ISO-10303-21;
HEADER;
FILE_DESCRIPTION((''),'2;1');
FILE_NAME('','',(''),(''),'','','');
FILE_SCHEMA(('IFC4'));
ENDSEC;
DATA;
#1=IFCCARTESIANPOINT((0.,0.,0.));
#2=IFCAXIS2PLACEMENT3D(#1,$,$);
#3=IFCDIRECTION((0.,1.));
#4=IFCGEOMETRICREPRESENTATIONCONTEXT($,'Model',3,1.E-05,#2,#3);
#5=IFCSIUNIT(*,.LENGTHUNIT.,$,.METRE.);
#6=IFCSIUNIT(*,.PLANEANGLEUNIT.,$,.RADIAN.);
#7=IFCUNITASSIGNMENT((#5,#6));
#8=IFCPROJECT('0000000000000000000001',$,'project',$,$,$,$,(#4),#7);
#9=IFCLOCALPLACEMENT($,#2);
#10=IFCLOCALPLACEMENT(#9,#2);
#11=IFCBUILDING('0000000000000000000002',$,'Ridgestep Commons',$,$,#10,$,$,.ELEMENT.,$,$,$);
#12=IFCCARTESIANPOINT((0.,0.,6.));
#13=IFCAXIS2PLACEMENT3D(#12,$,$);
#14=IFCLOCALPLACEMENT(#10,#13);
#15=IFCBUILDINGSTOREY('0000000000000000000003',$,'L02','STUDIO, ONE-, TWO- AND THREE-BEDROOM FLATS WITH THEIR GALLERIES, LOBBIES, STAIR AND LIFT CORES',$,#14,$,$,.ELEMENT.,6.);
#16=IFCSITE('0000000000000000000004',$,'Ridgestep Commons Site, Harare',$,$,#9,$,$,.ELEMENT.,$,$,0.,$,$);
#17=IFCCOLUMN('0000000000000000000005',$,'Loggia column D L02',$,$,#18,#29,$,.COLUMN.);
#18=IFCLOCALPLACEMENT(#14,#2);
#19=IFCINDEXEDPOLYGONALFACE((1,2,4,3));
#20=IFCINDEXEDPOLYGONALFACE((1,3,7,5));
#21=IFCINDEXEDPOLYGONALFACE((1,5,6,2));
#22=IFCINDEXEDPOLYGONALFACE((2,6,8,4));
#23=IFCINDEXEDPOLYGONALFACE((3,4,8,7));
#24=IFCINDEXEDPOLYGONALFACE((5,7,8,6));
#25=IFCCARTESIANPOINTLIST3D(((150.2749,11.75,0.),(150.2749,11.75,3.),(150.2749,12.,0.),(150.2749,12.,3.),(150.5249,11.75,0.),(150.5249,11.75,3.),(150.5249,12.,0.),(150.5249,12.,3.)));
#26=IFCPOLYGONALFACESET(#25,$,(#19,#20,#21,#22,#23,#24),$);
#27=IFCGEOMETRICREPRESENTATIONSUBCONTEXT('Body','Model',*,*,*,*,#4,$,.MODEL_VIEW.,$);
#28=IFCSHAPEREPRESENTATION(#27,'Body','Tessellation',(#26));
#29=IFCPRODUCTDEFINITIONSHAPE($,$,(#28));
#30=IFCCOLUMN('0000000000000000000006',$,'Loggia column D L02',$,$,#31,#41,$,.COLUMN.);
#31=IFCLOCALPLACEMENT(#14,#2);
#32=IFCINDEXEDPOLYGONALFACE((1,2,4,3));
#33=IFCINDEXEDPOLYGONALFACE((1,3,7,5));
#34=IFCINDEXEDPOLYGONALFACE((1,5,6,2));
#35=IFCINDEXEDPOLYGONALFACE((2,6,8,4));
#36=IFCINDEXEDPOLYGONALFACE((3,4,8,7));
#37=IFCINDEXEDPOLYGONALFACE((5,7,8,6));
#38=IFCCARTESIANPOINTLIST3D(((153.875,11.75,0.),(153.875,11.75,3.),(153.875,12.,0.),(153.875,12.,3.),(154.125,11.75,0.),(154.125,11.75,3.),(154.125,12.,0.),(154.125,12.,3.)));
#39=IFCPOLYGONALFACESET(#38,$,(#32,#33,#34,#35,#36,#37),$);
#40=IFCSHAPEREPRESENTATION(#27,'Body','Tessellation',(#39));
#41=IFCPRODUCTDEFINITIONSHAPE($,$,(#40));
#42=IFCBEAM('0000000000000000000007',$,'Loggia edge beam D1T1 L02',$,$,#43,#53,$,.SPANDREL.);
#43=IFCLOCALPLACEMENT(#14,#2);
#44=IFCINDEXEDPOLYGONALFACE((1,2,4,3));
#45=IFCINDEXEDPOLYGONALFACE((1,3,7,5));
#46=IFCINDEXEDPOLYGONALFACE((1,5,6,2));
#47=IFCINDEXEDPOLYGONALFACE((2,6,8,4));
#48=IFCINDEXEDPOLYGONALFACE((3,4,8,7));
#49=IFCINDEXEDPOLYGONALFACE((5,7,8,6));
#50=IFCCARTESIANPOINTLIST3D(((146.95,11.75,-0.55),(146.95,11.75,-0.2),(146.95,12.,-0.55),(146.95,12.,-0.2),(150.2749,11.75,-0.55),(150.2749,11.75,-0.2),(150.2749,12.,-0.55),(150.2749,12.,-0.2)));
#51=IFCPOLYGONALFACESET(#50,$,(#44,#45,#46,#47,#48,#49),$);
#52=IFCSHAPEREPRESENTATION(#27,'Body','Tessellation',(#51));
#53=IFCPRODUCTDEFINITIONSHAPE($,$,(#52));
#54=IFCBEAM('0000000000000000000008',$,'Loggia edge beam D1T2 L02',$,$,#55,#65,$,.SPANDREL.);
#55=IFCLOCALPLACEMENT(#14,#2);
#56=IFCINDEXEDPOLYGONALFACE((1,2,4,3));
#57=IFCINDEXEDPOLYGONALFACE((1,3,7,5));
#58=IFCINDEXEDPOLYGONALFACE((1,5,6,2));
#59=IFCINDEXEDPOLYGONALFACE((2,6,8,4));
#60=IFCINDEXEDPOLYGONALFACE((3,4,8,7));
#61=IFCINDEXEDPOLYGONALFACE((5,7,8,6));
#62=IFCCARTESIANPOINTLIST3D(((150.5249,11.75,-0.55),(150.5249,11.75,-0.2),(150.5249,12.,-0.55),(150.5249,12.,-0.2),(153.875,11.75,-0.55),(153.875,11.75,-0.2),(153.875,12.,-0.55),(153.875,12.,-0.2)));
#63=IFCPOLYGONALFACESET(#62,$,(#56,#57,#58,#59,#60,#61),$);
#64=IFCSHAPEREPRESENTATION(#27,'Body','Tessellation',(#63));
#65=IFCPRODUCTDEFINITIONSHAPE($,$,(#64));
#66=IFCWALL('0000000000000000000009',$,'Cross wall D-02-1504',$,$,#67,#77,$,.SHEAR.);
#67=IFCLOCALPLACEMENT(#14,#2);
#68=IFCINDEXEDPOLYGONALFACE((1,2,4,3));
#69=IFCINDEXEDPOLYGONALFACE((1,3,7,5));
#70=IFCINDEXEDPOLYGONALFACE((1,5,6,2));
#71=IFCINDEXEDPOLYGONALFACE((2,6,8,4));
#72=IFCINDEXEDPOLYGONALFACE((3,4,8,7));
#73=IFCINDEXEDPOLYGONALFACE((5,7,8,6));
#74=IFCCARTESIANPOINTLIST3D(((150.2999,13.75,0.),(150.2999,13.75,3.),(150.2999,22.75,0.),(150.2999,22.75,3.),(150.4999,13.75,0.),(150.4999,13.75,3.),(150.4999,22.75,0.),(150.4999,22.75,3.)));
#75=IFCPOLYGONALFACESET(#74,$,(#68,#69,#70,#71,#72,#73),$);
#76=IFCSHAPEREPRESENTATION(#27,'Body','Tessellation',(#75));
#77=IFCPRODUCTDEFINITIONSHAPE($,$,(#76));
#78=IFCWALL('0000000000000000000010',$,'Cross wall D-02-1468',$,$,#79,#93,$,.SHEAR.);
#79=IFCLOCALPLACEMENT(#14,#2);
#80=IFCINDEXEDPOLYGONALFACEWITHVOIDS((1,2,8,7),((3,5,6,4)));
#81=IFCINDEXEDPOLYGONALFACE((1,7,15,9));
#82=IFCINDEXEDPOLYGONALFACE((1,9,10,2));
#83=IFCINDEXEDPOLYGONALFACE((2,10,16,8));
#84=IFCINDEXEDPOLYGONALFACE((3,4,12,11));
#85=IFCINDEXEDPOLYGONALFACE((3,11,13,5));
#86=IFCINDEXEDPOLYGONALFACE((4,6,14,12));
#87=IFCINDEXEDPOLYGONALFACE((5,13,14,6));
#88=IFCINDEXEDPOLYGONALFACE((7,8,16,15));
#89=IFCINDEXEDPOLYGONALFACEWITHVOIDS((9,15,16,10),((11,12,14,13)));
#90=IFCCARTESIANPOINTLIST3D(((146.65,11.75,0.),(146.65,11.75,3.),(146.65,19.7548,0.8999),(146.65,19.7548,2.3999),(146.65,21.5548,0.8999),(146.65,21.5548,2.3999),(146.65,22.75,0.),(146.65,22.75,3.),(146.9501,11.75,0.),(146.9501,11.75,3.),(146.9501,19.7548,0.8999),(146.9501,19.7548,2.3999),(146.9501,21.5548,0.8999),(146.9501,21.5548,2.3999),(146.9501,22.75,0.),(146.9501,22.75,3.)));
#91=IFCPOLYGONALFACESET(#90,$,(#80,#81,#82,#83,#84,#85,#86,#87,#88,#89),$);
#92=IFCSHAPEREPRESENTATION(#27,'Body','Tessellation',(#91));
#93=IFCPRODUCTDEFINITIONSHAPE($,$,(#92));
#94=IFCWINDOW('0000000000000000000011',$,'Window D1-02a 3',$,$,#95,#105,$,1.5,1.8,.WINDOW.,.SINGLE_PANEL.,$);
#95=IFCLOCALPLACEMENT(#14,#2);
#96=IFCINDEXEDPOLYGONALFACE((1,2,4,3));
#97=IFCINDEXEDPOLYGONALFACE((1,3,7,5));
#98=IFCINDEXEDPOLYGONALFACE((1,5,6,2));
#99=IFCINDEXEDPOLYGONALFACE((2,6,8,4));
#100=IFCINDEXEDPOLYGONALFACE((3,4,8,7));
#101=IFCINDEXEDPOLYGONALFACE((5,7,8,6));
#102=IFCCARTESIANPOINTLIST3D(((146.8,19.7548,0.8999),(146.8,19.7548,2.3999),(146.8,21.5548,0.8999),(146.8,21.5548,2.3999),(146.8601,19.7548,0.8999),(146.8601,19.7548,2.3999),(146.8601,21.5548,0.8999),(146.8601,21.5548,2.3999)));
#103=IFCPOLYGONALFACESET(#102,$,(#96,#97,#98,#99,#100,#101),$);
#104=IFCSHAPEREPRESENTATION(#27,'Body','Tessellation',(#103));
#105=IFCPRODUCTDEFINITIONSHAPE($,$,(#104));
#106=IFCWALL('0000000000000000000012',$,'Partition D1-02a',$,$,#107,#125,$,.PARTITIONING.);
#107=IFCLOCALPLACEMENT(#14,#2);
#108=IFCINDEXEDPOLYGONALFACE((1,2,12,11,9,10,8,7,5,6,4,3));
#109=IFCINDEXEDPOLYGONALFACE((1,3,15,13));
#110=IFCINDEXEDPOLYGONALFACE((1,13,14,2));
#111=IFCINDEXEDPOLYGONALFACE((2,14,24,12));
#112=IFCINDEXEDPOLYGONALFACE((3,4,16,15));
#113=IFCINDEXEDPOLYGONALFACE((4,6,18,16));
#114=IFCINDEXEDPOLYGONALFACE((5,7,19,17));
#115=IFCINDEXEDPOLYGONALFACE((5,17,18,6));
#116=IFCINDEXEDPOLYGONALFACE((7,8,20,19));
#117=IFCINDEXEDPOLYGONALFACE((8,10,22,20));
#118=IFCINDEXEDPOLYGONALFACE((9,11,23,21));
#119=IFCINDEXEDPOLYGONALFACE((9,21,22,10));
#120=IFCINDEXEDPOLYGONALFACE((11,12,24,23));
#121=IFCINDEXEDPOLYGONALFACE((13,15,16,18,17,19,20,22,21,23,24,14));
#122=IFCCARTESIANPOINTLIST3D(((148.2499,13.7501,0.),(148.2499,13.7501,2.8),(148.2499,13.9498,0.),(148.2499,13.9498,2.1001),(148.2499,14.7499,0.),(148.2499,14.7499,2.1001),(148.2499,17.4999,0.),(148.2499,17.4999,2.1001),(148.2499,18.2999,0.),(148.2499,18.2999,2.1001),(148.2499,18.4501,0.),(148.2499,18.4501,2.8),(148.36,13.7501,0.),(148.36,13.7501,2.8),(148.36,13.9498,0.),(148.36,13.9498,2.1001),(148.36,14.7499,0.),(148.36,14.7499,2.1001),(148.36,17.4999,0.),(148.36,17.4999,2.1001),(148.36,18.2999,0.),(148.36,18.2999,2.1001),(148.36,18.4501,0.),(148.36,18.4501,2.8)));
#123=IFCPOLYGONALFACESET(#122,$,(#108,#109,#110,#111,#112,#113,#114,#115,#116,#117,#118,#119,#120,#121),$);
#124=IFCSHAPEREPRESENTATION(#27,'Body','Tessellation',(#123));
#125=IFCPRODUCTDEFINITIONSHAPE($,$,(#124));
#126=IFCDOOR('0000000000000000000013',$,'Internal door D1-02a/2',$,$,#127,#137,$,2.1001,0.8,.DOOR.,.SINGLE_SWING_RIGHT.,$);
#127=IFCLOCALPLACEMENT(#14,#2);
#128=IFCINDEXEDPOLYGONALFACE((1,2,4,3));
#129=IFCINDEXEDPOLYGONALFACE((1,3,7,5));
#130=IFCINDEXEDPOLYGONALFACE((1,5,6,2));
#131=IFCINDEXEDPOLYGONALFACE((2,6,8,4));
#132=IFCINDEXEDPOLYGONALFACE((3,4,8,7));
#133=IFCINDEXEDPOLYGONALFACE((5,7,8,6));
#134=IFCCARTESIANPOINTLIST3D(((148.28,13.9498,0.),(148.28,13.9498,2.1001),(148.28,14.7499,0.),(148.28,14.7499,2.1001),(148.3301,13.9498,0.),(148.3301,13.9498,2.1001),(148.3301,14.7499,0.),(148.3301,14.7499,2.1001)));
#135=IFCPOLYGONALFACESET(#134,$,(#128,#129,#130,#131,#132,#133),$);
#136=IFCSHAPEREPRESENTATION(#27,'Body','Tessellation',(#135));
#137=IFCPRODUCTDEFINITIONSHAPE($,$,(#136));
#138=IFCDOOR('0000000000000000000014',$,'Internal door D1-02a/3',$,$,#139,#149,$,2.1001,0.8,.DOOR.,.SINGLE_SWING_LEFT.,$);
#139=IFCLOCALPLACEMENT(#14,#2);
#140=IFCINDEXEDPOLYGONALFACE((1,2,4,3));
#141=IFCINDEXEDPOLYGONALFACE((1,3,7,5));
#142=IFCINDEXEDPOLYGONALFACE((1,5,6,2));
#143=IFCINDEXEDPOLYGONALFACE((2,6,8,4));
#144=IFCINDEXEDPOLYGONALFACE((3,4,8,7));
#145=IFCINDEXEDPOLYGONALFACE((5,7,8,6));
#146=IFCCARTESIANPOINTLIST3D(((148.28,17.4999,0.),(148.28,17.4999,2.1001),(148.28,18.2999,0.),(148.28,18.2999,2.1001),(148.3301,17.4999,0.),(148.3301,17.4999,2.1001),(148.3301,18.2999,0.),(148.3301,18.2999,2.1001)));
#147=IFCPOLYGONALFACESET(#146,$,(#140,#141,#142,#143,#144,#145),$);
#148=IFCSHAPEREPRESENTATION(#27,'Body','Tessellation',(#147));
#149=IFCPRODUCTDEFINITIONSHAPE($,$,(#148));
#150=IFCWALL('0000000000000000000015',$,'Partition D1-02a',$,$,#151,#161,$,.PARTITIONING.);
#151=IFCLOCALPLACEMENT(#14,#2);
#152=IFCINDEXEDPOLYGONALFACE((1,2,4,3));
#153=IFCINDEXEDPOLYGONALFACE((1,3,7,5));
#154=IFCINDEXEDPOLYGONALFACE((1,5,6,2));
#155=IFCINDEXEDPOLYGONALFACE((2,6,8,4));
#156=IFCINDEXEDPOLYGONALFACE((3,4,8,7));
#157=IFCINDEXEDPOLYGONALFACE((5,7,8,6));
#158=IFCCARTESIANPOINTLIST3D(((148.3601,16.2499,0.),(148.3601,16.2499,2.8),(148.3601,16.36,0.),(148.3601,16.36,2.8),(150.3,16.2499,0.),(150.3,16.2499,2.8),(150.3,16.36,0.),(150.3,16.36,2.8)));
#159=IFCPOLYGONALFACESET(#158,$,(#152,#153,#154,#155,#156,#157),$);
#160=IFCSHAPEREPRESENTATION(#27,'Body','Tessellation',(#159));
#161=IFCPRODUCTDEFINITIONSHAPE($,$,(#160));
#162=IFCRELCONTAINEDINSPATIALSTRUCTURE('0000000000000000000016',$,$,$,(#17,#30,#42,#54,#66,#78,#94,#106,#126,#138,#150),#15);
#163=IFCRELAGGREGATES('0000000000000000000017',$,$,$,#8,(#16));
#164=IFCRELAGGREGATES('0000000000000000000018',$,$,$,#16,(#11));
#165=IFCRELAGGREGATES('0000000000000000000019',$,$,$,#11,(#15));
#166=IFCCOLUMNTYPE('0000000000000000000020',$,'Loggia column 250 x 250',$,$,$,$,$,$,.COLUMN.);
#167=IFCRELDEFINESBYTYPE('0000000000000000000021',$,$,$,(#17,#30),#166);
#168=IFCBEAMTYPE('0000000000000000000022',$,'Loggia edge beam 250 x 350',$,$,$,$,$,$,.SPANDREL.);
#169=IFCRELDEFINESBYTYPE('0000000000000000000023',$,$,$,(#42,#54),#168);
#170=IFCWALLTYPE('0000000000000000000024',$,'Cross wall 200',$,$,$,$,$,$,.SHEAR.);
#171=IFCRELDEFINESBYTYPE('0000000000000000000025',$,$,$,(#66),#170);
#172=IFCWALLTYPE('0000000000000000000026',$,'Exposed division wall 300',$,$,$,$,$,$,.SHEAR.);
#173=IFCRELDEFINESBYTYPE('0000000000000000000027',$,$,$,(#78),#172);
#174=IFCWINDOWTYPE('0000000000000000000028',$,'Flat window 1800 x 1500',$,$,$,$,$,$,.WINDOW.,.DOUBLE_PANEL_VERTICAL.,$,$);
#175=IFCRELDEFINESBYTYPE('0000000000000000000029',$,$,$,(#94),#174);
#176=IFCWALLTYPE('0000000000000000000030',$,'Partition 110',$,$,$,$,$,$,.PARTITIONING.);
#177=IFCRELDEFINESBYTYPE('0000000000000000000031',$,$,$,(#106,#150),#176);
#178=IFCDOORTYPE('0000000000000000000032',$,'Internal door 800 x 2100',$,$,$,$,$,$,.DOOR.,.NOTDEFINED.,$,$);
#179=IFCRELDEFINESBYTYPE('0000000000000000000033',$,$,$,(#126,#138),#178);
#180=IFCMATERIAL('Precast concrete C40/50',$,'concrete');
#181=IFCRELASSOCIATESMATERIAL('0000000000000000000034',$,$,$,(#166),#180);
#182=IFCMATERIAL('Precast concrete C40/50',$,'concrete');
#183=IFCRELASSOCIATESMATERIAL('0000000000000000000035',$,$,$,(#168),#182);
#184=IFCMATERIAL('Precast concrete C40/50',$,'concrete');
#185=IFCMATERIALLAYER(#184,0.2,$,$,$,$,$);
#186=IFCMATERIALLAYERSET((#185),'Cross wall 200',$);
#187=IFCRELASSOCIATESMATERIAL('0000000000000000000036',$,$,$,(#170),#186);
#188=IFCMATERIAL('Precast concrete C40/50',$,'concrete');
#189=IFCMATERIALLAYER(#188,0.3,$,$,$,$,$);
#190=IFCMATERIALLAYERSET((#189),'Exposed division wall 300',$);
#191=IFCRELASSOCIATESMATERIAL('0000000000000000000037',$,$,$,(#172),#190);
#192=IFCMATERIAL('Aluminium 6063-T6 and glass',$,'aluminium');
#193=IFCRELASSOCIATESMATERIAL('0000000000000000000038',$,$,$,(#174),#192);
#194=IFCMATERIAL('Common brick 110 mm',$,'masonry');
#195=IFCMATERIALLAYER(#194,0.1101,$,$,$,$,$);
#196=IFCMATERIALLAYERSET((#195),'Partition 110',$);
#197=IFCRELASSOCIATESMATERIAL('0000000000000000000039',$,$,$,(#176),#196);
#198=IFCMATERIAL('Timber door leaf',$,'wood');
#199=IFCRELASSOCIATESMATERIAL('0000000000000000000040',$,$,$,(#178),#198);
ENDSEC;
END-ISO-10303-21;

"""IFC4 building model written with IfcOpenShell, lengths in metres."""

from ifc_helpers import new_model, si_unit, direction, frame, frame_2d, origin, origin_2d, place, context, subcontext, project, spatial, rectangle, extrude, material, layer, layer_set, material_profile, profile_set, type_object, element, fill, save


model = new_model("IFC4")

# Units and contexts
model_context = context("Model", 3, precision=1e-05, world=origin(), true_north=direction((0.0, 1.0)))
body_context = subcontext(model_context, "Body", "Model", "MODEL_VIEW")
ifc_project = project(units=[si_unit("LENGTHUNIT", "METRE"), si_unit("PLANEANGLEUNIT", "RADIAN")], contexts=[model_context])

# Site, building, storey
site_placement = place(None, origin())
site = spatial("IfcSite", under=ifc_project, at=site_placement, Name="Ridgestep Commons Site, Harare", CompositionType="ELEMENT", RefElevation=0.0)
building_placement = place(site_placement, origin())
building = spatial("IfcBuilding", under=site, at=building_placement, Name="Ridgestep Commons", CompositionType="ELEMENT")
storey_placement = place(building_placement, frame((0.0, 0.0, 6.0)))
storey = spatial("IfcBuildingStorey", under=building, at=storey_placement, Name="L02", Description="STUDIO, ONE-, TWO- AND THREE-BEDROOM FLATS WITH THEIR GALLERIES, LOBBIES, STAIR AND LIFT CORES", CompositionType="ELEMENT", Elevation=6.0)

# Columns
ifc_material_1 = material(Name="Precast concrete C40/50", Category="concrete")
ifc_material_profile_1 = material_profile(ifc_material_1, rectangle(XDim=0.25, YDim=0.25, at=origin_2d()), Name="PC 250x250")
ifc_profile_set_1 = profile_set([ifc_material_profile_1], Name="Precast concrete C40/50")
column_type = type_object("IfcColumnType", Name="Loggia column 250 x 250", PredefinedType="COLUMN", material=ifc_profile_set_1)
for number, where, z_axis, x_axis, name in (
    (1, (150.3999, 11.875, 0.0), (0.0, 0.0, 1.0), (1.0, 0.0, 0.0), "Loggia column D L02"),
    (2, (154.0, 11.875, 0.0), (0.0, 0.0, 1.0), (1.0, 0.0, 0.0), "Loggia column D L02"),
):
    element("IfcColumn", number, at=place(storey_placement, frame(where, z_axis=z_axis, x_axis=x_axis)), inside=storey, type_object=column_type, Name=name, PredefinedType="COLUMN", context=body_context, shape_type="SweptSolid", body=[
        extrude(rectangle(XDim=0.25, YDim=0.25, at=origin_2d()), origin(), (0.0, 0.0, 1.0), 3.0),
    ])

# Beams
ifc_material_2 = material(Name="Precast concrete C40/50", Category="concrete")
ifc_material_profile_2 = material_profile(ifc_material_2, rectangle(XDim=0.25, YDim=0.3501, at=origin_2d()), Name="PC 250x350")
ifc_profile_set_2 = profile_set([ifc_material_profile_2], Name="Precast concrete C40/50")
beam_type = type_object("IfcBeamType", Name="Loggia edge beam 250 x 350", PredefinedType="SPANDREL", material=ifc_profile_set_2)
beam_1_placement = place(storey_placement, frame((146.95, 11.875, -0.375), z_axis=(1.0, 0.0, 0.0), x_axis=(0.0, 1.0, 0.0)))
element("IfcBeam", 3, at=beam_1_placement, inside=storey, type_object=beam_type, Name="Loggia edge beam D1T1 L02", PredefinedType="SPANDREL", context=body_context, shape_type="SweptSolid", body=[
    extrude(rectangle(XDim=0.25, YDim=0.3501, at=origin_2d()), origin(), (0.0, 0.0, 1.0), 3.325),
])
beam_2_placement = place(storey_placement, frame((150.5249, 11.875, -0.375), z_axis=(1.0, 0.0, 0.0), x_axis=(0.0, 1.0, 0.0)))
element("IfcBeam", 4, at=beam_2_placement, inside=storey, type_object=beam_type, Name="Loggia edge beam D1T2 L02", PredefinedType="SPANDREL", context=body_context, shape_type="SweptSolid", body=[
    extrude(rectangle(XDim=0.25, YDim=0.3501, at=origin_2d()), origin(), (0.0, 0.0, 1.0), 3.3501),
])

# Wall
ifc_material_3 = material(Name="Precast concrete C40/50", Category="concrete")
ifc_layer_1 = layer(ifc_material_3, 0.2)
ifc_layer_set_1 = layer_set([ifc_layer_1], Name="Cross wall 200")
wall_type_1 = type_object("IfcWallType", Name="Cross wall 200", PredefinedType="SHEAR", material=ifc_layer_set_1)
wall_1_placement = place(storey_placement, frame((150.3999, 13.75, 0.0), z_axis=(0.0, 0.0, 1.0), x_axis=(0.0, 1.0, 0.0)))
element("IfcWall", 5, at=wall_1_placement, inside=storey, type_object=wall_type_1, Name="Cross wall D-02-1504", PredefinedType="SHEAR", context=body_context, shape_type="SweptSolid", body=[
    extrude(rectangle(XDim=9.0, YDim=0.2, at=frame_2d((4.5, 0.0))), origin(), (0.0, 0.0, 1.0), 3.0),
])

# Wall, opening, window
ifc_material_4 = material(Name="Precast concrete C40/50", Category="concrete")
ifc_layer_2 = layer(ifc_material_4, 0.3)
ifc_layer_set_2 = layer_set([ifc_layer_2], Name="Exposed division wall 300")
wall_type_2 = type_object("IfcWallType", Name="Exposed division wall 300", PredefinedType="SHEAR", material=ifc_layer_set_2)
wall_2_placement = place(storey_placement, frame((146.8, 11.75, 0.0), z_axis=(0.0, 0.0, 1.0), x_axis=(0.0, 1.0, 0.0)))
wall_2 = element("IfcWall", 6, at=wall_2_placement, inside=storey, type_object=wall_type_2, Name="Cross wall D-02-1468", PredefinedType="SHEAR", context=body_context, shape_type="SweptSolid", body=[
    extrude(rectangle(XDim=11.0, YDim=0.3, at=frame_2d((5.5, 0.0))), origin(), (0.0, 0.0, 1.0), 3.0),
])
opening_1_placement = place(wall_2_placement, frame((8.0049, 0.0, 0.8999)))
opening_1 = element("IfcOpeningElement", 7, at=opening_1_placement, cuts=wall_2, PredefinedType="OPENING", context=body_context, shape_type="SweptSolid", body=[
    extrude(rectangle(XDim=1.8, YDim=1.5, at=frame_2d((0.8999, 0.75))), frame((0.0, 0.1599, 0.0), z_axis=(0.0, -1.0, 0.0), x_axis=(1.0, 0.0, 0.0)), (0.0, 0.0, 1.0), 0.3201),
])
ifc_material_5 = material(Name="Aluminium 6063-T6 and glass", Category="aluminium")
window_type_1 = type_object("IfcWindowType", Name="Flat window 1800 x 1500", PartitioningType="DOUBLE_PANEL_VERTICAL", PredefinedType="WINDOW", material=ifc_material_5)
window_1_placement = place(opening_1_placement, origin())
window_1 = element("IfcWindow", 8, at=window_1_placement, inside=storey, type_object=window_type_1, Name="Window D1-02a 3", OverallHeight=1.5, OverallWidth=1.8, PartitioningType="SINGLE_PANEL", PredefinedType="WINDOW", context=body_context, shape_type="SweptSolid", body=[
    extrude(rectangle(XDim=1.8, YDim=1.5, at=frame_2d((0.8999, 0.75))), frame((0.0, 0.0, 0.0), z_axis=(0.0, -1.0, 0.0), x_axis=(1.0, 0.0, 0.0)), (0.0, 0.0, 1.0), 0.0601),
])
fill(opening_1, window_1)

# Wall, openings, doors
ifc_material_6 = material(Name="Common brick 110 mm", Category="masonry")
ifc_layer_3 = layer(ifc_material_6, 0.1101)
ifc_layer_set_3 = layer_set([ifc_layer_3], Name="Partition 110")
wall_type_3 = type_object("IfcWallType", Name="Partition 110", PredefinedType="PARTITIONING", material=ifc_layer_set_3)
wall_3_placement = place(storey_placement, frame((148.3049, 13.75, 0.0), z_axis=(0.0, 0.0, 1.0), x_axis=(0.0, 1.0, 0.0)))
wall_3 = element("IfcWall", 9, at=wall_3_placement, inside=storey, type_object=wall_type_3, Name="Partition D1-02a", PredefinedType="PARTITIONING", context=body_context, shape_type="SweptSolid", body=[
    extrude(rectangle(XDim=4.7, YDim=0.1101, at=frame_2d((2.3501, 0.0))), origin(), (0.0, 0.0, 1.0), 2.8),
])
opening_2_placement = place(wall_3_placement, frame((0.2, 0.0, 0.0)))
opening_2 = element("IfcOpeningElement", 10, at=opening_2_placement, cuts=wall_3, PredefinedType="OPENING", context=body_context, shape_type="SweptSolid", body=[
    extrude(rectangle(XDim=0.8, YDim=2.1001, at=frame_2d((0.3999, 1.05))), frame((0.0, 0.0649, 0.0), z_axis=(0.0, -1.0, 0.0), x_axis=(1.0, 0.0, 0.0)), (0.0, 0.0, 1.0), 0.1301),
])
opening_3_placement = place(wall_3_placement, frame((3.75, 0.0, 0.0)))
opening_3 = element("IfcOpeningElement", 11, at=opening_3_placement, cuts=wall_3, PredefinedType="OPENING", context=body_context, shape_type="SweptSolid", body=[
    extrude(rectangle(XDim=0.8, YDim=2.1001, at=frame_2d((0.3999, 1.05))), frame((0.0, 0.0649, 0.0), z_axis=(0.0, -1.0, 0.0), x_axis=(1.0, 0.0, 0.0)), (0.0, 0.0, 1.0), 0.1301),
])
ifc_material_7 = material(Name="Timber door leaf", Category="wood")
door_type_1 = type_object("IfcDoorType", Name="Internal door 800 x 2100", OperationType="NOTDEFINED", PredefinedType="DOOR", material=ifc_material_7)
door_1_placement = place(opening_2_placement, origin())
door_1 = element("IfcDoor", 12, at=door_1_placement, inside=storey, type_object=door_type_1, Name="Internal door D1-02a/2", OperationType="SINGLE_SWING_RIGHT", OverallHeight=2.1001, OverallWidth=0.8, PredefinedType="DOOR", context=body_context, shape_type="SweptSolid", body=[
    extrude(rectangle(XDim=0.8, YDim=2.1001, at=frame_2d((0.3999, 1.05))), frame((0.0, 0.0249, 0.0), z_axis=(0.0, -1.0, 0.0), x_axis=(1.0, 0.0, 0.0)), (0.0, 0.0, 1.0), 0.05),
])
fill(opening_2, door_1)
door_2_placement = place(opening_3_placement, origin())
door_2 = element("IfcDoor", 13, at=door_2_placement, inside=storey, type_object=door_type_1, Name="Internal door D1-02a/3", OperationType="SINGLE_SWING_LEFT", OverallHeight=2.1001, OverallWidth=0.8, PredefinedType="DOOR", context=body_context, shape_type="SweptSolid", body=[
    extrude(rectangle(XDim=0.8, YDim=2.1001, at=frame_2d((0.3999, 1.05))), frame((0.0, 0.0249, 0.0), z_axis=(0.0, -1.0, 0.0), x_axis=(1.0, 0.0, 0.0)), (0.0, 0.0, 1.0), 0.05),
])
fill(opening_3, door_2)

# Wall
wall_4_placement = place(storey_placement, frame((148.3601, 16.3049, 0.0), z_axis=(0.0, 0.0, 1.0), x_axis=(1.0, 0.0, 0.0)))
element("IfcWall", 14, at=wall_4_placement, inside=storey, type_object=wall_type_3, Name="Partition D1-02a", PredefinedType="PARTITIONING", context=body_context, shape_type="SweptSolid", body=[
    extrude(rectangle(XDim=1.9399, YDim=0.1101, at=frame_2d((0.97, 0.0))), origin(), (0.0, 0.0, 1.0), 2.8),
])

save(model, "model.ifc")
